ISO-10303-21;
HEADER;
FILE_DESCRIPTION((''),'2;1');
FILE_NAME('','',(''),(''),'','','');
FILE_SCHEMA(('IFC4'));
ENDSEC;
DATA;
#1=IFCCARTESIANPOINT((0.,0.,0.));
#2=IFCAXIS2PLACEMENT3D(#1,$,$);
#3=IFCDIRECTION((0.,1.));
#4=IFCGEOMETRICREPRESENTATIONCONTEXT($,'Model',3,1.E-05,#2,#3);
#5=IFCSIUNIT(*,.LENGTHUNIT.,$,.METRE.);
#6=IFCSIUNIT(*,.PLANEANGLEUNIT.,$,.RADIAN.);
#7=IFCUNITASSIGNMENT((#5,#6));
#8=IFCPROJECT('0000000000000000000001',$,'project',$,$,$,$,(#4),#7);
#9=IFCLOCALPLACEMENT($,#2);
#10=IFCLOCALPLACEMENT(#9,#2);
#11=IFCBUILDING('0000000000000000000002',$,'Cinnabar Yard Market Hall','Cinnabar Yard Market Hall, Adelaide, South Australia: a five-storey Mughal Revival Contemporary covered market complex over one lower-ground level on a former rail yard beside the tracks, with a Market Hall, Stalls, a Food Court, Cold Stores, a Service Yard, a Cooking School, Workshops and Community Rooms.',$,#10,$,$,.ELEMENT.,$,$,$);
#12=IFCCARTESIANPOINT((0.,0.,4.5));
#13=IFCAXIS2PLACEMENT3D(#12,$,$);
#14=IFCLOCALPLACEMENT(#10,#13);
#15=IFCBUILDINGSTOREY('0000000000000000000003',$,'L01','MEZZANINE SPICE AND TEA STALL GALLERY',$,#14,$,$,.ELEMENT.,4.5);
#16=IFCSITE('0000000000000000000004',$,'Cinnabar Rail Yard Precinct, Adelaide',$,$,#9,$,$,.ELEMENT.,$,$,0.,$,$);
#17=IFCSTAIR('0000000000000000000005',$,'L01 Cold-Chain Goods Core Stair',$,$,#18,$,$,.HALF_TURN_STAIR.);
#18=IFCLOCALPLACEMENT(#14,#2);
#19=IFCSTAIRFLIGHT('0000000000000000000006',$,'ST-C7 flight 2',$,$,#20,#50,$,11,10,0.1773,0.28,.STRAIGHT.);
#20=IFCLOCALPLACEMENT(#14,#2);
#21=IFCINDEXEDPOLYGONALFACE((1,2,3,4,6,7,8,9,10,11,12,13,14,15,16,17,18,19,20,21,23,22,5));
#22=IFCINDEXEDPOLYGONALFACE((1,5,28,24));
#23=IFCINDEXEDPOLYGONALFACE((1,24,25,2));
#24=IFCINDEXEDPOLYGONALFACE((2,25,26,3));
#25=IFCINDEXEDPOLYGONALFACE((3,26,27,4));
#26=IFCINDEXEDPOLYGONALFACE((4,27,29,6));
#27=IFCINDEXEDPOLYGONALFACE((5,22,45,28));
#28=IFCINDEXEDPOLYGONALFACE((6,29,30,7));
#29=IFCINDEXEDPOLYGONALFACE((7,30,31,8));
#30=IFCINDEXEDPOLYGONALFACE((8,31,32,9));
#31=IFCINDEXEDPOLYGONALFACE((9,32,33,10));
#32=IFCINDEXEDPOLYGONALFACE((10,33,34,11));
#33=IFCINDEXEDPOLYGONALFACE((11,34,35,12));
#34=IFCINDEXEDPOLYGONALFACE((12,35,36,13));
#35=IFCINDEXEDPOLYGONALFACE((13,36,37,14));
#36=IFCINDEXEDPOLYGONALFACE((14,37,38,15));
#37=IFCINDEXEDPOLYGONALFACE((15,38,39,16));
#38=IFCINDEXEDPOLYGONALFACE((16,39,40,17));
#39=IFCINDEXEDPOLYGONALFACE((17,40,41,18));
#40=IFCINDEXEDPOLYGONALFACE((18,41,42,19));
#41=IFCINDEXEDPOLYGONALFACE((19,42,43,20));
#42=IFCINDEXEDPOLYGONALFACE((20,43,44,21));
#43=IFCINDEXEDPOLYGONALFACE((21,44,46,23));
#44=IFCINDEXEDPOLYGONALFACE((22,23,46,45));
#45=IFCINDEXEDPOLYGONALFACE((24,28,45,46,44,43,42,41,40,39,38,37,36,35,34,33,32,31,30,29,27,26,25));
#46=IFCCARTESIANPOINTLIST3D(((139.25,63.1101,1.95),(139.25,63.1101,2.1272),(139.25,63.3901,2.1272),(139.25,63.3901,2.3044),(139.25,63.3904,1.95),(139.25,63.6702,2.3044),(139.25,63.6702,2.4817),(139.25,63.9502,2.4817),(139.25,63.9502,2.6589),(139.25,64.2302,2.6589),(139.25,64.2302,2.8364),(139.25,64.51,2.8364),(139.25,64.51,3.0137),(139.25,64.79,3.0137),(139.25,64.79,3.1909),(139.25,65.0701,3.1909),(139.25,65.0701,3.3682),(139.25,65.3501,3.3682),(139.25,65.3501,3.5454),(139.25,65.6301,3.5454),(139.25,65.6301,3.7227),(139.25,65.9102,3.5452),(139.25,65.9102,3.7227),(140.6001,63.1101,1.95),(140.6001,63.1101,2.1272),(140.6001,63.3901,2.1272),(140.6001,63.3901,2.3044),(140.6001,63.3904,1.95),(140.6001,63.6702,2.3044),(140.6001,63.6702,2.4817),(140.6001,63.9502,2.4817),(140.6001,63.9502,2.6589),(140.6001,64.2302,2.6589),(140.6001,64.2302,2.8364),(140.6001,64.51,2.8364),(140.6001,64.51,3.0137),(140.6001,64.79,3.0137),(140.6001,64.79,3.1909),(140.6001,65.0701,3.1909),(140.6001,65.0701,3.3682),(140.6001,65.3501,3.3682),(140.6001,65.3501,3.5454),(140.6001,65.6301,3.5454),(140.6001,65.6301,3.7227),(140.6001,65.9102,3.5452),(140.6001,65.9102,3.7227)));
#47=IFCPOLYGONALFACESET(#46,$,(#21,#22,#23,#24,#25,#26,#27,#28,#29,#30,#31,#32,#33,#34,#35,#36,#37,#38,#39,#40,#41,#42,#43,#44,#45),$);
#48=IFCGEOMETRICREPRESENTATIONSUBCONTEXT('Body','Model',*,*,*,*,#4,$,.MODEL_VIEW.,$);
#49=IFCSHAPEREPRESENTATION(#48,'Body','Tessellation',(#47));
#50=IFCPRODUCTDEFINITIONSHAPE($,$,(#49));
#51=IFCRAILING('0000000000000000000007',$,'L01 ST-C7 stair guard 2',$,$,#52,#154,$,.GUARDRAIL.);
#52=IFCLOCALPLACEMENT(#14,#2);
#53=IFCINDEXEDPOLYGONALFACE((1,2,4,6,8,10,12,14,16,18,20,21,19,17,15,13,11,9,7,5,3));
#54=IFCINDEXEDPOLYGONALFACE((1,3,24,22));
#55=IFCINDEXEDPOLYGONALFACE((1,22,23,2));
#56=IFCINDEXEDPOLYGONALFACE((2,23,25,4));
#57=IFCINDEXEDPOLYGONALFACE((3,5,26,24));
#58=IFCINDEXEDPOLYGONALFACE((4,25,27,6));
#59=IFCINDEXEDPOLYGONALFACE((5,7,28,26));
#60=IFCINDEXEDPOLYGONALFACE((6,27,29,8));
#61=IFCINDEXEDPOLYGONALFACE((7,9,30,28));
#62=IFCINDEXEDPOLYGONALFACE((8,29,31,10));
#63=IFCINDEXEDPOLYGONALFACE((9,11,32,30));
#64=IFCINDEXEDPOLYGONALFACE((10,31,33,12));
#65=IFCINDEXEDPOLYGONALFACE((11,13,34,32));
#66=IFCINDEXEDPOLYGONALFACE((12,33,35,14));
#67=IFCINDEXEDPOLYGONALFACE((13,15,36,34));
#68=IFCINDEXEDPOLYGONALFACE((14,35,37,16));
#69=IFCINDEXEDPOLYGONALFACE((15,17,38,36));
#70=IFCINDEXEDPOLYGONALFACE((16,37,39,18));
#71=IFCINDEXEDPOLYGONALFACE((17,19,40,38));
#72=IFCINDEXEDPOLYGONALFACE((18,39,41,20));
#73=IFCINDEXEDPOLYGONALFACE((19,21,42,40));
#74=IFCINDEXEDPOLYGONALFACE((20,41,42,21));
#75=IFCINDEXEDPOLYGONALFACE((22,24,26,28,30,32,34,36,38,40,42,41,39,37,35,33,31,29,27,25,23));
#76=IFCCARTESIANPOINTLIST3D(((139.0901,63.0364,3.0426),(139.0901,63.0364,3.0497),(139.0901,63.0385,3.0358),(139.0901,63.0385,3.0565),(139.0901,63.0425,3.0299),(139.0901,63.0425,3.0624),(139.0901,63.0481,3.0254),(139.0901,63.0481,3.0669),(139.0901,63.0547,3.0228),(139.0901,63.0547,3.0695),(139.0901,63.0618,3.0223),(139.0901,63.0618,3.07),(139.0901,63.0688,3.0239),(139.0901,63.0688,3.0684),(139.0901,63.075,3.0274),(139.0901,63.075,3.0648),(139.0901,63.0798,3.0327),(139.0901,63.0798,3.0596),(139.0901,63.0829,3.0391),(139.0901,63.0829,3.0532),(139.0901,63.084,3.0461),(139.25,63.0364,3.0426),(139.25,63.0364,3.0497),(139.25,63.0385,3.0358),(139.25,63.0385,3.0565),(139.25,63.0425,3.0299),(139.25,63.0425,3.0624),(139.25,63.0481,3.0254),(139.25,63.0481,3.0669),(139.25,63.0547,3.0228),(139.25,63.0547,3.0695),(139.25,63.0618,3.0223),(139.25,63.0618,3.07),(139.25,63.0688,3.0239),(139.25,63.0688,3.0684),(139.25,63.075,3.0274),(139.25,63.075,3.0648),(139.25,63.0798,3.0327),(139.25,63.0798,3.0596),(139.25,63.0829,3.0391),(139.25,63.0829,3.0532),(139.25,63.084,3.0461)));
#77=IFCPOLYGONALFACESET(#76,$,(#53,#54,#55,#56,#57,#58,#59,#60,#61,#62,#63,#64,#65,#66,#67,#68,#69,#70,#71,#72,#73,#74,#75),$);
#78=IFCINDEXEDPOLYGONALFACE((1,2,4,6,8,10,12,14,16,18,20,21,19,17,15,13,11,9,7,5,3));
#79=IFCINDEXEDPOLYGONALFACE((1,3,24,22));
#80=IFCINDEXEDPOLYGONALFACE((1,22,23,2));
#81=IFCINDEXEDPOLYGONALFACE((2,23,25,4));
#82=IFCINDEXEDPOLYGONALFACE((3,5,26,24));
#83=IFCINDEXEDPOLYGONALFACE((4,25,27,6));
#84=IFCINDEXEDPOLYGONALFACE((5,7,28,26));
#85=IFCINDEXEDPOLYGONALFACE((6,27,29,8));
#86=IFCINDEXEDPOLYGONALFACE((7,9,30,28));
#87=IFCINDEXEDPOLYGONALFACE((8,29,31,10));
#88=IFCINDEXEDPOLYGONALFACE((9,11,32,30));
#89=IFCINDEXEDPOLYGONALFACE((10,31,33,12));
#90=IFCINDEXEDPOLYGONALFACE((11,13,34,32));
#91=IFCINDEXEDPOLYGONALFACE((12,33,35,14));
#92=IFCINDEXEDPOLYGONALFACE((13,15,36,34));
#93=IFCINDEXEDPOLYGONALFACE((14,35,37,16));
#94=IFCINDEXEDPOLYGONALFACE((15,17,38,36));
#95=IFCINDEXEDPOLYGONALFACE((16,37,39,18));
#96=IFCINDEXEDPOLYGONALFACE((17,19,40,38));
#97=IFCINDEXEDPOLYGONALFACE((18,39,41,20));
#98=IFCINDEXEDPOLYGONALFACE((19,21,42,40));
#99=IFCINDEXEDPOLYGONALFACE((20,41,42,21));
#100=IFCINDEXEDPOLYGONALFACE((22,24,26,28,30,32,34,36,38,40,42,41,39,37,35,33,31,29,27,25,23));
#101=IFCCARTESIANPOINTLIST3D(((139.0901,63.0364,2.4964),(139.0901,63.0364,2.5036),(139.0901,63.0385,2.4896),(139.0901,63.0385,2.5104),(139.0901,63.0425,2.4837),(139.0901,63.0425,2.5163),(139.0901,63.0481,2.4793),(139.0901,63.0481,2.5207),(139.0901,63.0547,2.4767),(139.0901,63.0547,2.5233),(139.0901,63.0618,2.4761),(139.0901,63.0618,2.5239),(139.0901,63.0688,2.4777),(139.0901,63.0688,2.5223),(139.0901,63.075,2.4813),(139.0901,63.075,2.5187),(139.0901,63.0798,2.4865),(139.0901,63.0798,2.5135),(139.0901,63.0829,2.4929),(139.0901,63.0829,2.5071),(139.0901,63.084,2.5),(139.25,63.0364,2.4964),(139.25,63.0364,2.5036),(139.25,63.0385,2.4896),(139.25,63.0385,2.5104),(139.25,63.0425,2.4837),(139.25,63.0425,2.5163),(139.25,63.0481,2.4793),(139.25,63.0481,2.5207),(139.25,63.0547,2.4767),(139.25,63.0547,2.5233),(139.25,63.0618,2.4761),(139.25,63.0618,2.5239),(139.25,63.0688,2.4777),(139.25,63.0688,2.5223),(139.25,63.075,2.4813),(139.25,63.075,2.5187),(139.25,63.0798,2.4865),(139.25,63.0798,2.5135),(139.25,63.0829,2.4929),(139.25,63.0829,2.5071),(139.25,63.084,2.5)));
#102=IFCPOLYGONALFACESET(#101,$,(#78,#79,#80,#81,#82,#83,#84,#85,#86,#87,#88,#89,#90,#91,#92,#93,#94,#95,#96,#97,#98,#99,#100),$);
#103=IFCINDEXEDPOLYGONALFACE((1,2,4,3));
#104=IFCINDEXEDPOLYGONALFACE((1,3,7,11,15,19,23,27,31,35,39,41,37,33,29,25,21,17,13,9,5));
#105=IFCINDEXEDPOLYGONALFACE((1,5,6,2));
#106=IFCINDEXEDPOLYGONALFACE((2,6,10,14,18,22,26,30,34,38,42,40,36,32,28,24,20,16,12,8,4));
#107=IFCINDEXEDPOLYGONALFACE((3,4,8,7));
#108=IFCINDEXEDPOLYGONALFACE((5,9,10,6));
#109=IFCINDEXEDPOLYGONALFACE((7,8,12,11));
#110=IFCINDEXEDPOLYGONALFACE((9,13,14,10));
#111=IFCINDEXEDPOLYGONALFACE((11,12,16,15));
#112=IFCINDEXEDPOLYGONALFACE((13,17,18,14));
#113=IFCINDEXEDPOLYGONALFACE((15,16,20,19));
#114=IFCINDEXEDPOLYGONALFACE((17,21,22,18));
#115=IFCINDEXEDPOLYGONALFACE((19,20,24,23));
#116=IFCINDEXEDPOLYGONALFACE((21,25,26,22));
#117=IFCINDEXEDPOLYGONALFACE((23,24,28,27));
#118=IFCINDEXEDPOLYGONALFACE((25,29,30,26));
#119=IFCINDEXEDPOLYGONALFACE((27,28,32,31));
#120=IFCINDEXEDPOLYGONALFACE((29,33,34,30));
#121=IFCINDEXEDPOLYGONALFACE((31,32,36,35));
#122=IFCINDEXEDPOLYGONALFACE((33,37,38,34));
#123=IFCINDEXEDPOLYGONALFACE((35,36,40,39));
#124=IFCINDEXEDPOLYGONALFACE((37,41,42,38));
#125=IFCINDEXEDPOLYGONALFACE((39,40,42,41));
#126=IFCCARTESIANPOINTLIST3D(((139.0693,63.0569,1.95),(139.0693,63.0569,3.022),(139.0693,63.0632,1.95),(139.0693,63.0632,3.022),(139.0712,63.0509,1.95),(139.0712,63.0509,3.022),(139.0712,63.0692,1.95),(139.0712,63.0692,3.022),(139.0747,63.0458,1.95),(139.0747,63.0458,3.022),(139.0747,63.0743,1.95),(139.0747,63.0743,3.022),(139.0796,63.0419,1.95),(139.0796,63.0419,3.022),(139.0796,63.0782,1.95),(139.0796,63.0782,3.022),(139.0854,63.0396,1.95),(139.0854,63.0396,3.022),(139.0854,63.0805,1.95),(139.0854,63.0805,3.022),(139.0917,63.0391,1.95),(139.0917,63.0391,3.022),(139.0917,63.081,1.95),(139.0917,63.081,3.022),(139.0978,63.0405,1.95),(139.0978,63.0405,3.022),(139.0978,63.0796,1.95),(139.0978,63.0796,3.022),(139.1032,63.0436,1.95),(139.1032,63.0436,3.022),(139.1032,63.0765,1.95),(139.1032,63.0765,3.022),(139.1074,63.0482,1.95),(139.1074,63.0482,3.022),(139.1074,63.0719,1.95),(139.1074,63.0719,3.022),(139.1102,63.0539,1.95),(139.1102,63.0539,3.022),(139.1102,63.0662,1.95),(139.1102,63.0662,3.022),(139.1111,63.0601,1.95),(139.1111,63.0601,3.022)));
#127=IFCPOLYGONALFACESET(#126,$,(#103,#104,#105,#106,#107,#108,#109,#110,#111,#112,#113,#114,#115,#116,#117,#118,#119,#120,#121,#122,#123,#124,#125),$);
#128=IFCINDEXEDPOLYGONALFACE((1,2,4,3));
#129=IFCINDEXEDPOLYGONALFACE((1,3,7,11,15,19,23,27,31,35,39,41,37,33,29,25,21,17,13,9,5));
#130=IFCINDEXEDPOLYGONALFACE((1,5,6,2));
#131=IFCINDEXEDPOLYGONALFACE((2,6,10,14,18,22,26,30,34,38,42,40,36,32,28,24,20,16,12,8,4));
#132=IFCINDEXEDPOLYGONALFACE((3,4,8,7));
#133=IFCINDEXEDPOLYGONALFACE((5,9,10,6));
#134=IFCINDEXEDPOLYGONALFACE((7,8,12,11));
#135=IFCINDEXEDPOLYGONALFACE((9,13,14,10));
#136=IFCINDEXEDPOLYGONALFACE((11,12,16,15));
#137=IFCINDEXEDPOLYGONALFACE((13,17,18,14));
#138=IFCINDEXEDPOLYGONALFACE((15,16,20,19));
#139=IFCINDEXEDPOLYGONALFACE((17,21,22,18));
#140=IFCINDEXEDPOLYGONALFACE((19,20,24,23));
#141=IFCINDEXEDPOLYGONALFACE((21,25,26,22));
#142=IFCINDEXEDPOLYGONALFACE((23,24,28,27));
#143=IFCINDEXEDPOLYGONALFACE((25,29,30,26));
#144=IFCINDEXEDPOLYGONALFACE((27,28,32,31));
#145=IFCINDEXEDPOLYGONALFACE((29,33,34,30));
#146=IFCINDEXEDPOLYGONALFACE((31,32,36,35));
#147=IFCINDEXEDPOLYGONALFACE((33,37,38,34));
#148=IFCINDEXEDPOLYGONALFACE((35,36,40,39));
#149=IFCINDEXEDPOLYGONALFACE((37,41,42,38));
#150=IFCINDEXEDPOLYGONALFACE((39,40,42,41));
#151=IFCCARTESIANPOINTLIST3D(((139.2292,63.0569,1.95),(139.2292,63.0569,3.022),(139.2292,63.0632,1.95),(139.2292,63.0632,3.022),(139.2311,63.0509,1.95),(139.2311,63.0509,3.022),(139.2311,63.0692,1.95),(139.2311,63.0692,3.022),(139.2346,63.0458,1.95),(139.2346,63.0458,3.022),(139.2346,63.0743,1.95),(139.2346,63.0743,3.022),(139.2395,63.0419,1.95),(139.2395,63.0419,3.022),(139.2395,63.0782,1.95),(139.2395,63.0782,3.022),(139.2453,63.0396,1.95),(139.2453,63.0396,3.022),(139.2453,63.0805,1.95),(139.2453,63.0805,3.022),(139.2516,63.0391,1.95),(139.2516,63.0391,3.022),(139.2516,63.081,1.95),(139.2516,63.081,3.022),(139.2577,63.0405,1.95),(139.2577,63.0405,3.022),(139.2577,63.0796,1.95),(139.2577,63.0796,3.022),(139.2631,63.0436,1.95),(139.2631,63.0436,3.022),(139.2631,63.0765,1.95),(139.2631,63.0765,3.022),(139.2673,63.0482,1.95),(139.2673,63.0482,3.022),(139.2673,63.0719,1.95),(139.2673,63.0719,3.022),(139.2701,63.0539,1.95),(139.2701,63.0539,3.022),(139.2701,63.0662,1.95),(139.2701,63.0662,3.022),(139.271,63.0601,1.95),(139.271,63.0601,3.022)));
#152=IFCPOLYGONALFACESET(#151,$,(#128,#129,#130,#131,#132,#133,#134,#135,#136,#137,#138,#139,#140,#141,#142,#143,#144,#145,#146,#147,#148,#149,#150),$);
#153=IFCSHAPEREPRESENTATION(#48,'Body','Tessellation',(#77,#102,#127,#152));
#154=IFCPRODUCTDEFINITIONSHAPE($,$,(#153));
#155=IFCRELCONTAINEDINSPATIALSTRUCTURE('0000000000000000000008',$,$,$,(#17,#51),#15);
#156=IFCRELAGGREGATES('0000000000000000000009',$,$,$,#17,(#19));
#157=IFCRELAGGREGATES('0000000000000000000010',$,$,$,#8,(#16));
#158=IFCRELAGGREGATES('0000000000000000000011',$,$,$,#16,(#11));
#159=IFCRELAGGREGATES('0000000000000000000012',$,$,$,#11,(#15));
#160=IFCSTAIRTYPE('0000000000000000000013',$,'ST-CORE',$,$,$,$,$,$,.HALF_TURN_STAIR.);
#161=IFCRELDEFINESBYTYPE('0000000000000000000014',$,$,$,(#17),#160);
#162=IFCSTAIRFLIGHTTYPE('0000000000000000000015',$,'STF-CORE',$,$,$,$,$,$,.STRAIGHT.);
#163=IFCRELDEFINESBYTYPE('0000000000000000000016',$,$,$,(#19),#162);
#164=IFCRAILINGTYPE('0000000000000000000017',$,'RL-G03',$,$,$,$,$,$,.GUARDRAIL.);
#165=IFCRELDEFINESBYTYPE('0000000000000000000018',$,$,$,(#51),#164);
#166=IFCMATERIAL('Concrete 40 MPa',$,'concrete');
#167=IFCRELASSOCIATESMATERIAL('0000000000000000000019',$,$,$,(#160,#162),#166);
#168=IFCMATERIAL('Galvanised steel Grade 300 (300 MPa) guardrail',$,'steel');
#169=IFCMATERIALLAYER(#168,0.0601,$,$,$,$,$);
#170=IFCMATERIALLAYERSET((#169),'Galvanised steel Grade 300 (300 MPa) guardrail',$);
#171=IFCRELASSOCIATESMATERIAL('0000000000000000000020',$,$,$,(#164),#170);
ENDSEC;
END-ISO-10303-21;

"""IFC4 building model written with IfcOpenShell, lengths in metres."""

from ifc_helpers import new_model, si_unit, direction, frame, origin, origin_2d_with_axis, place, context, subcontext, project, spatial, polyline, circle, outline, extrude, material, layer, layer_set, type_object, element, aggregate, save


model = new_model("IFC4")

# Units and contexts
model_context = context("Model", 3, precision=1e-05, world=origin(), true_north=direction((0.0, 1.0)))
body_context = subcontext(model_context, "Body", "Model", "MODEL_VIEW")
ifc_project = project(units=[si_unit("LENGTHUNIT", "METRE"), si_unit("PLANEANGLEUNIT", "RADIAN")], contexts=[model_context])

# Site, building, storey
site_placement = place(None, origin())
site = spatial("IfcSite", under=ifc_project, at=site_placement, Name="Cinnabar Rail Yard Precinct, Adelaide", CompositionType="ELEMENT", RefElevation=0.0)
building_placement = place(site_placement, origin())
building = spatial("IfcBuilding", under=site, at=building_placement, Name="Cinnabar Yard Market Hall", Description="Cinnabar Yard Market Hall, Adelaide, South Australia: a five-storey Mughal Revival Contemporary covered market complex over one lower-ground level on a former rail yard beside the tracks, with a Market Hall, Stalls, a Food Court, Cold Stores, a Service Yard, a Cooking School, Workshops and Community Rooms.", CompositionType="ELEMENT")
storey_placement = place(building_placement, frame((0.0, 0.0, 4.5)))
storey = spatial("IfcBuildingStorey", under=building, at=storey_placement, Name="L01", Description="MEZZANINE SPICE AND TEA STALL GALLERY", CompositionType="ELEMENT", Elevation=4.5)

# Shared definitions
ifc_material_1 = material(Name="Concrete 40 MPa", Category="concrete")

# Stair, stair flight
stair_type = type_object("IfcStairType", Name="ST-CORE", PredefinedType="HALF_TURN_STAIR", material=ifc_material_1)
stair_placement = place(storey_placement, origin())
stair = element("IfcStair", 1, at=stair_placement, inside=storey, type_object=stair_type, Name="L01 Cold-Chain Goods Core Stair", PredefinedType="HALF_TURN_STAIR")
stair_flight_type = type_object("IfcStairFlightType", Name="STF-CORE", PredefinedType="STRAIGHT", material=ifc_material_1)
stair_flight_1_placement = place(storey_placement, frame((139.925, 63.1101, 1.95), z_axis=(0.0, 0.0, 1.0), x_axis=(0.0, 1.0, 0.0)))
stair_flight_1 = element("IfcStairFlight", 2, at=stair_flight_1_placement, type_object=stair_flight_type, Name="ST-C7 flight 2", NumberOfRisers=11, NumberOfTreads=10, PredefinedType="STRAIGHT", RiserHeight=0.1773, TreadLength=0.28, context=body_context, shape_type="SweptSolid", body=[
    extrude(outline(polyline([(0.0, 0.0), (0.0, 0.1772), (0.28, 0.1772), (0.28, 0.3545), (0.5601, 0.3545), (0.5601, 0.5317), (0.8401, 0.5317), (0.8401, 0.709), (1.1201, 0.709), (1.1201, 0.8865), (1.3999, 0.8865), (1.3999, 1.0637), (1.6799, 1.0637), (1.6799, 1.241), (1.96, 1.241), (1.96, 1.4182), (2.24, 1.4182), (2.24, 1.5955), (2.52, 1.5955), (2.52, 1.7727), (2.8, 1.7727), (2.8, 1.95), (2.8, 1.5952), (0.2803, 0.0), (0.0, 0.0)])), frame((0.0, 0.675, 0.0), z_axis=(0.0, -1.0, 0.0), x_axis=(1.0, 0.0, 0.0)), (0.0, 0.0, 1.0), 1.3501),
])
aggregate(stair, [stair_flight_1])

# Railing
ifc_material_2 = material(Name="Galvanised steel Grade 300 (300 MPa) guardrail", Category="steel")
ifc_layer_1 = layer(ifc_material_2, 0.0601)
ifc_layer_set_1 = layer_set([ifc_layer_1], Name="Galvanised steel Grade 300 (300 MPa) guardrail")
railing_type_1 = type_object("IfcRailingType", Name="RL-G03", PredefinedType="GUARDRAIL", material=ifc_layer_set_1)
railing_1_placement = place(storey_placement, frame((139.0901, 63.0601, 1.95)))
element("IfcRailing", 3, at=railing_1_placement, inside=storey, type_object=railing_type_1, Name="L01 ST-C7 stair guard 2", PredefinedType="GUARDRAIL", context=body_context, shape_type="SweptSolid", body=[
    extrude(circle(Radius=0.0239, at=origin_2d_with_axis()), frame((0.0, 0.0, 1.0962), z_axis=(1.0, 0.0, 0.0), x_axis=(0.0, 1.0, 0.0)), (0.0, 0.0, 1.0), 0.1599),
    extrude(circle(Radius=0.0239, at=origin_2d_with_axis()), frame((0.0, 0.0, 0.55), z_axis=(1.0, 0.0, 0.0), x_axis=(0.0, 1.0, 0.0)), (0.0, 0.0, 1.0), 0.1599),
    extrude(circle(Radius=0.021, at=origin_2d_with_axis()), origin(), (0.0, 0.0, 1.0), 1.072),
    extrude(circle(Radius=0.021, at=origin_2d_with_axis()), frame((0.1599, 0.0, 0.0)), (0.0, 0.0, 1.0), 1.072),
])

save(model, "model.ifc")
